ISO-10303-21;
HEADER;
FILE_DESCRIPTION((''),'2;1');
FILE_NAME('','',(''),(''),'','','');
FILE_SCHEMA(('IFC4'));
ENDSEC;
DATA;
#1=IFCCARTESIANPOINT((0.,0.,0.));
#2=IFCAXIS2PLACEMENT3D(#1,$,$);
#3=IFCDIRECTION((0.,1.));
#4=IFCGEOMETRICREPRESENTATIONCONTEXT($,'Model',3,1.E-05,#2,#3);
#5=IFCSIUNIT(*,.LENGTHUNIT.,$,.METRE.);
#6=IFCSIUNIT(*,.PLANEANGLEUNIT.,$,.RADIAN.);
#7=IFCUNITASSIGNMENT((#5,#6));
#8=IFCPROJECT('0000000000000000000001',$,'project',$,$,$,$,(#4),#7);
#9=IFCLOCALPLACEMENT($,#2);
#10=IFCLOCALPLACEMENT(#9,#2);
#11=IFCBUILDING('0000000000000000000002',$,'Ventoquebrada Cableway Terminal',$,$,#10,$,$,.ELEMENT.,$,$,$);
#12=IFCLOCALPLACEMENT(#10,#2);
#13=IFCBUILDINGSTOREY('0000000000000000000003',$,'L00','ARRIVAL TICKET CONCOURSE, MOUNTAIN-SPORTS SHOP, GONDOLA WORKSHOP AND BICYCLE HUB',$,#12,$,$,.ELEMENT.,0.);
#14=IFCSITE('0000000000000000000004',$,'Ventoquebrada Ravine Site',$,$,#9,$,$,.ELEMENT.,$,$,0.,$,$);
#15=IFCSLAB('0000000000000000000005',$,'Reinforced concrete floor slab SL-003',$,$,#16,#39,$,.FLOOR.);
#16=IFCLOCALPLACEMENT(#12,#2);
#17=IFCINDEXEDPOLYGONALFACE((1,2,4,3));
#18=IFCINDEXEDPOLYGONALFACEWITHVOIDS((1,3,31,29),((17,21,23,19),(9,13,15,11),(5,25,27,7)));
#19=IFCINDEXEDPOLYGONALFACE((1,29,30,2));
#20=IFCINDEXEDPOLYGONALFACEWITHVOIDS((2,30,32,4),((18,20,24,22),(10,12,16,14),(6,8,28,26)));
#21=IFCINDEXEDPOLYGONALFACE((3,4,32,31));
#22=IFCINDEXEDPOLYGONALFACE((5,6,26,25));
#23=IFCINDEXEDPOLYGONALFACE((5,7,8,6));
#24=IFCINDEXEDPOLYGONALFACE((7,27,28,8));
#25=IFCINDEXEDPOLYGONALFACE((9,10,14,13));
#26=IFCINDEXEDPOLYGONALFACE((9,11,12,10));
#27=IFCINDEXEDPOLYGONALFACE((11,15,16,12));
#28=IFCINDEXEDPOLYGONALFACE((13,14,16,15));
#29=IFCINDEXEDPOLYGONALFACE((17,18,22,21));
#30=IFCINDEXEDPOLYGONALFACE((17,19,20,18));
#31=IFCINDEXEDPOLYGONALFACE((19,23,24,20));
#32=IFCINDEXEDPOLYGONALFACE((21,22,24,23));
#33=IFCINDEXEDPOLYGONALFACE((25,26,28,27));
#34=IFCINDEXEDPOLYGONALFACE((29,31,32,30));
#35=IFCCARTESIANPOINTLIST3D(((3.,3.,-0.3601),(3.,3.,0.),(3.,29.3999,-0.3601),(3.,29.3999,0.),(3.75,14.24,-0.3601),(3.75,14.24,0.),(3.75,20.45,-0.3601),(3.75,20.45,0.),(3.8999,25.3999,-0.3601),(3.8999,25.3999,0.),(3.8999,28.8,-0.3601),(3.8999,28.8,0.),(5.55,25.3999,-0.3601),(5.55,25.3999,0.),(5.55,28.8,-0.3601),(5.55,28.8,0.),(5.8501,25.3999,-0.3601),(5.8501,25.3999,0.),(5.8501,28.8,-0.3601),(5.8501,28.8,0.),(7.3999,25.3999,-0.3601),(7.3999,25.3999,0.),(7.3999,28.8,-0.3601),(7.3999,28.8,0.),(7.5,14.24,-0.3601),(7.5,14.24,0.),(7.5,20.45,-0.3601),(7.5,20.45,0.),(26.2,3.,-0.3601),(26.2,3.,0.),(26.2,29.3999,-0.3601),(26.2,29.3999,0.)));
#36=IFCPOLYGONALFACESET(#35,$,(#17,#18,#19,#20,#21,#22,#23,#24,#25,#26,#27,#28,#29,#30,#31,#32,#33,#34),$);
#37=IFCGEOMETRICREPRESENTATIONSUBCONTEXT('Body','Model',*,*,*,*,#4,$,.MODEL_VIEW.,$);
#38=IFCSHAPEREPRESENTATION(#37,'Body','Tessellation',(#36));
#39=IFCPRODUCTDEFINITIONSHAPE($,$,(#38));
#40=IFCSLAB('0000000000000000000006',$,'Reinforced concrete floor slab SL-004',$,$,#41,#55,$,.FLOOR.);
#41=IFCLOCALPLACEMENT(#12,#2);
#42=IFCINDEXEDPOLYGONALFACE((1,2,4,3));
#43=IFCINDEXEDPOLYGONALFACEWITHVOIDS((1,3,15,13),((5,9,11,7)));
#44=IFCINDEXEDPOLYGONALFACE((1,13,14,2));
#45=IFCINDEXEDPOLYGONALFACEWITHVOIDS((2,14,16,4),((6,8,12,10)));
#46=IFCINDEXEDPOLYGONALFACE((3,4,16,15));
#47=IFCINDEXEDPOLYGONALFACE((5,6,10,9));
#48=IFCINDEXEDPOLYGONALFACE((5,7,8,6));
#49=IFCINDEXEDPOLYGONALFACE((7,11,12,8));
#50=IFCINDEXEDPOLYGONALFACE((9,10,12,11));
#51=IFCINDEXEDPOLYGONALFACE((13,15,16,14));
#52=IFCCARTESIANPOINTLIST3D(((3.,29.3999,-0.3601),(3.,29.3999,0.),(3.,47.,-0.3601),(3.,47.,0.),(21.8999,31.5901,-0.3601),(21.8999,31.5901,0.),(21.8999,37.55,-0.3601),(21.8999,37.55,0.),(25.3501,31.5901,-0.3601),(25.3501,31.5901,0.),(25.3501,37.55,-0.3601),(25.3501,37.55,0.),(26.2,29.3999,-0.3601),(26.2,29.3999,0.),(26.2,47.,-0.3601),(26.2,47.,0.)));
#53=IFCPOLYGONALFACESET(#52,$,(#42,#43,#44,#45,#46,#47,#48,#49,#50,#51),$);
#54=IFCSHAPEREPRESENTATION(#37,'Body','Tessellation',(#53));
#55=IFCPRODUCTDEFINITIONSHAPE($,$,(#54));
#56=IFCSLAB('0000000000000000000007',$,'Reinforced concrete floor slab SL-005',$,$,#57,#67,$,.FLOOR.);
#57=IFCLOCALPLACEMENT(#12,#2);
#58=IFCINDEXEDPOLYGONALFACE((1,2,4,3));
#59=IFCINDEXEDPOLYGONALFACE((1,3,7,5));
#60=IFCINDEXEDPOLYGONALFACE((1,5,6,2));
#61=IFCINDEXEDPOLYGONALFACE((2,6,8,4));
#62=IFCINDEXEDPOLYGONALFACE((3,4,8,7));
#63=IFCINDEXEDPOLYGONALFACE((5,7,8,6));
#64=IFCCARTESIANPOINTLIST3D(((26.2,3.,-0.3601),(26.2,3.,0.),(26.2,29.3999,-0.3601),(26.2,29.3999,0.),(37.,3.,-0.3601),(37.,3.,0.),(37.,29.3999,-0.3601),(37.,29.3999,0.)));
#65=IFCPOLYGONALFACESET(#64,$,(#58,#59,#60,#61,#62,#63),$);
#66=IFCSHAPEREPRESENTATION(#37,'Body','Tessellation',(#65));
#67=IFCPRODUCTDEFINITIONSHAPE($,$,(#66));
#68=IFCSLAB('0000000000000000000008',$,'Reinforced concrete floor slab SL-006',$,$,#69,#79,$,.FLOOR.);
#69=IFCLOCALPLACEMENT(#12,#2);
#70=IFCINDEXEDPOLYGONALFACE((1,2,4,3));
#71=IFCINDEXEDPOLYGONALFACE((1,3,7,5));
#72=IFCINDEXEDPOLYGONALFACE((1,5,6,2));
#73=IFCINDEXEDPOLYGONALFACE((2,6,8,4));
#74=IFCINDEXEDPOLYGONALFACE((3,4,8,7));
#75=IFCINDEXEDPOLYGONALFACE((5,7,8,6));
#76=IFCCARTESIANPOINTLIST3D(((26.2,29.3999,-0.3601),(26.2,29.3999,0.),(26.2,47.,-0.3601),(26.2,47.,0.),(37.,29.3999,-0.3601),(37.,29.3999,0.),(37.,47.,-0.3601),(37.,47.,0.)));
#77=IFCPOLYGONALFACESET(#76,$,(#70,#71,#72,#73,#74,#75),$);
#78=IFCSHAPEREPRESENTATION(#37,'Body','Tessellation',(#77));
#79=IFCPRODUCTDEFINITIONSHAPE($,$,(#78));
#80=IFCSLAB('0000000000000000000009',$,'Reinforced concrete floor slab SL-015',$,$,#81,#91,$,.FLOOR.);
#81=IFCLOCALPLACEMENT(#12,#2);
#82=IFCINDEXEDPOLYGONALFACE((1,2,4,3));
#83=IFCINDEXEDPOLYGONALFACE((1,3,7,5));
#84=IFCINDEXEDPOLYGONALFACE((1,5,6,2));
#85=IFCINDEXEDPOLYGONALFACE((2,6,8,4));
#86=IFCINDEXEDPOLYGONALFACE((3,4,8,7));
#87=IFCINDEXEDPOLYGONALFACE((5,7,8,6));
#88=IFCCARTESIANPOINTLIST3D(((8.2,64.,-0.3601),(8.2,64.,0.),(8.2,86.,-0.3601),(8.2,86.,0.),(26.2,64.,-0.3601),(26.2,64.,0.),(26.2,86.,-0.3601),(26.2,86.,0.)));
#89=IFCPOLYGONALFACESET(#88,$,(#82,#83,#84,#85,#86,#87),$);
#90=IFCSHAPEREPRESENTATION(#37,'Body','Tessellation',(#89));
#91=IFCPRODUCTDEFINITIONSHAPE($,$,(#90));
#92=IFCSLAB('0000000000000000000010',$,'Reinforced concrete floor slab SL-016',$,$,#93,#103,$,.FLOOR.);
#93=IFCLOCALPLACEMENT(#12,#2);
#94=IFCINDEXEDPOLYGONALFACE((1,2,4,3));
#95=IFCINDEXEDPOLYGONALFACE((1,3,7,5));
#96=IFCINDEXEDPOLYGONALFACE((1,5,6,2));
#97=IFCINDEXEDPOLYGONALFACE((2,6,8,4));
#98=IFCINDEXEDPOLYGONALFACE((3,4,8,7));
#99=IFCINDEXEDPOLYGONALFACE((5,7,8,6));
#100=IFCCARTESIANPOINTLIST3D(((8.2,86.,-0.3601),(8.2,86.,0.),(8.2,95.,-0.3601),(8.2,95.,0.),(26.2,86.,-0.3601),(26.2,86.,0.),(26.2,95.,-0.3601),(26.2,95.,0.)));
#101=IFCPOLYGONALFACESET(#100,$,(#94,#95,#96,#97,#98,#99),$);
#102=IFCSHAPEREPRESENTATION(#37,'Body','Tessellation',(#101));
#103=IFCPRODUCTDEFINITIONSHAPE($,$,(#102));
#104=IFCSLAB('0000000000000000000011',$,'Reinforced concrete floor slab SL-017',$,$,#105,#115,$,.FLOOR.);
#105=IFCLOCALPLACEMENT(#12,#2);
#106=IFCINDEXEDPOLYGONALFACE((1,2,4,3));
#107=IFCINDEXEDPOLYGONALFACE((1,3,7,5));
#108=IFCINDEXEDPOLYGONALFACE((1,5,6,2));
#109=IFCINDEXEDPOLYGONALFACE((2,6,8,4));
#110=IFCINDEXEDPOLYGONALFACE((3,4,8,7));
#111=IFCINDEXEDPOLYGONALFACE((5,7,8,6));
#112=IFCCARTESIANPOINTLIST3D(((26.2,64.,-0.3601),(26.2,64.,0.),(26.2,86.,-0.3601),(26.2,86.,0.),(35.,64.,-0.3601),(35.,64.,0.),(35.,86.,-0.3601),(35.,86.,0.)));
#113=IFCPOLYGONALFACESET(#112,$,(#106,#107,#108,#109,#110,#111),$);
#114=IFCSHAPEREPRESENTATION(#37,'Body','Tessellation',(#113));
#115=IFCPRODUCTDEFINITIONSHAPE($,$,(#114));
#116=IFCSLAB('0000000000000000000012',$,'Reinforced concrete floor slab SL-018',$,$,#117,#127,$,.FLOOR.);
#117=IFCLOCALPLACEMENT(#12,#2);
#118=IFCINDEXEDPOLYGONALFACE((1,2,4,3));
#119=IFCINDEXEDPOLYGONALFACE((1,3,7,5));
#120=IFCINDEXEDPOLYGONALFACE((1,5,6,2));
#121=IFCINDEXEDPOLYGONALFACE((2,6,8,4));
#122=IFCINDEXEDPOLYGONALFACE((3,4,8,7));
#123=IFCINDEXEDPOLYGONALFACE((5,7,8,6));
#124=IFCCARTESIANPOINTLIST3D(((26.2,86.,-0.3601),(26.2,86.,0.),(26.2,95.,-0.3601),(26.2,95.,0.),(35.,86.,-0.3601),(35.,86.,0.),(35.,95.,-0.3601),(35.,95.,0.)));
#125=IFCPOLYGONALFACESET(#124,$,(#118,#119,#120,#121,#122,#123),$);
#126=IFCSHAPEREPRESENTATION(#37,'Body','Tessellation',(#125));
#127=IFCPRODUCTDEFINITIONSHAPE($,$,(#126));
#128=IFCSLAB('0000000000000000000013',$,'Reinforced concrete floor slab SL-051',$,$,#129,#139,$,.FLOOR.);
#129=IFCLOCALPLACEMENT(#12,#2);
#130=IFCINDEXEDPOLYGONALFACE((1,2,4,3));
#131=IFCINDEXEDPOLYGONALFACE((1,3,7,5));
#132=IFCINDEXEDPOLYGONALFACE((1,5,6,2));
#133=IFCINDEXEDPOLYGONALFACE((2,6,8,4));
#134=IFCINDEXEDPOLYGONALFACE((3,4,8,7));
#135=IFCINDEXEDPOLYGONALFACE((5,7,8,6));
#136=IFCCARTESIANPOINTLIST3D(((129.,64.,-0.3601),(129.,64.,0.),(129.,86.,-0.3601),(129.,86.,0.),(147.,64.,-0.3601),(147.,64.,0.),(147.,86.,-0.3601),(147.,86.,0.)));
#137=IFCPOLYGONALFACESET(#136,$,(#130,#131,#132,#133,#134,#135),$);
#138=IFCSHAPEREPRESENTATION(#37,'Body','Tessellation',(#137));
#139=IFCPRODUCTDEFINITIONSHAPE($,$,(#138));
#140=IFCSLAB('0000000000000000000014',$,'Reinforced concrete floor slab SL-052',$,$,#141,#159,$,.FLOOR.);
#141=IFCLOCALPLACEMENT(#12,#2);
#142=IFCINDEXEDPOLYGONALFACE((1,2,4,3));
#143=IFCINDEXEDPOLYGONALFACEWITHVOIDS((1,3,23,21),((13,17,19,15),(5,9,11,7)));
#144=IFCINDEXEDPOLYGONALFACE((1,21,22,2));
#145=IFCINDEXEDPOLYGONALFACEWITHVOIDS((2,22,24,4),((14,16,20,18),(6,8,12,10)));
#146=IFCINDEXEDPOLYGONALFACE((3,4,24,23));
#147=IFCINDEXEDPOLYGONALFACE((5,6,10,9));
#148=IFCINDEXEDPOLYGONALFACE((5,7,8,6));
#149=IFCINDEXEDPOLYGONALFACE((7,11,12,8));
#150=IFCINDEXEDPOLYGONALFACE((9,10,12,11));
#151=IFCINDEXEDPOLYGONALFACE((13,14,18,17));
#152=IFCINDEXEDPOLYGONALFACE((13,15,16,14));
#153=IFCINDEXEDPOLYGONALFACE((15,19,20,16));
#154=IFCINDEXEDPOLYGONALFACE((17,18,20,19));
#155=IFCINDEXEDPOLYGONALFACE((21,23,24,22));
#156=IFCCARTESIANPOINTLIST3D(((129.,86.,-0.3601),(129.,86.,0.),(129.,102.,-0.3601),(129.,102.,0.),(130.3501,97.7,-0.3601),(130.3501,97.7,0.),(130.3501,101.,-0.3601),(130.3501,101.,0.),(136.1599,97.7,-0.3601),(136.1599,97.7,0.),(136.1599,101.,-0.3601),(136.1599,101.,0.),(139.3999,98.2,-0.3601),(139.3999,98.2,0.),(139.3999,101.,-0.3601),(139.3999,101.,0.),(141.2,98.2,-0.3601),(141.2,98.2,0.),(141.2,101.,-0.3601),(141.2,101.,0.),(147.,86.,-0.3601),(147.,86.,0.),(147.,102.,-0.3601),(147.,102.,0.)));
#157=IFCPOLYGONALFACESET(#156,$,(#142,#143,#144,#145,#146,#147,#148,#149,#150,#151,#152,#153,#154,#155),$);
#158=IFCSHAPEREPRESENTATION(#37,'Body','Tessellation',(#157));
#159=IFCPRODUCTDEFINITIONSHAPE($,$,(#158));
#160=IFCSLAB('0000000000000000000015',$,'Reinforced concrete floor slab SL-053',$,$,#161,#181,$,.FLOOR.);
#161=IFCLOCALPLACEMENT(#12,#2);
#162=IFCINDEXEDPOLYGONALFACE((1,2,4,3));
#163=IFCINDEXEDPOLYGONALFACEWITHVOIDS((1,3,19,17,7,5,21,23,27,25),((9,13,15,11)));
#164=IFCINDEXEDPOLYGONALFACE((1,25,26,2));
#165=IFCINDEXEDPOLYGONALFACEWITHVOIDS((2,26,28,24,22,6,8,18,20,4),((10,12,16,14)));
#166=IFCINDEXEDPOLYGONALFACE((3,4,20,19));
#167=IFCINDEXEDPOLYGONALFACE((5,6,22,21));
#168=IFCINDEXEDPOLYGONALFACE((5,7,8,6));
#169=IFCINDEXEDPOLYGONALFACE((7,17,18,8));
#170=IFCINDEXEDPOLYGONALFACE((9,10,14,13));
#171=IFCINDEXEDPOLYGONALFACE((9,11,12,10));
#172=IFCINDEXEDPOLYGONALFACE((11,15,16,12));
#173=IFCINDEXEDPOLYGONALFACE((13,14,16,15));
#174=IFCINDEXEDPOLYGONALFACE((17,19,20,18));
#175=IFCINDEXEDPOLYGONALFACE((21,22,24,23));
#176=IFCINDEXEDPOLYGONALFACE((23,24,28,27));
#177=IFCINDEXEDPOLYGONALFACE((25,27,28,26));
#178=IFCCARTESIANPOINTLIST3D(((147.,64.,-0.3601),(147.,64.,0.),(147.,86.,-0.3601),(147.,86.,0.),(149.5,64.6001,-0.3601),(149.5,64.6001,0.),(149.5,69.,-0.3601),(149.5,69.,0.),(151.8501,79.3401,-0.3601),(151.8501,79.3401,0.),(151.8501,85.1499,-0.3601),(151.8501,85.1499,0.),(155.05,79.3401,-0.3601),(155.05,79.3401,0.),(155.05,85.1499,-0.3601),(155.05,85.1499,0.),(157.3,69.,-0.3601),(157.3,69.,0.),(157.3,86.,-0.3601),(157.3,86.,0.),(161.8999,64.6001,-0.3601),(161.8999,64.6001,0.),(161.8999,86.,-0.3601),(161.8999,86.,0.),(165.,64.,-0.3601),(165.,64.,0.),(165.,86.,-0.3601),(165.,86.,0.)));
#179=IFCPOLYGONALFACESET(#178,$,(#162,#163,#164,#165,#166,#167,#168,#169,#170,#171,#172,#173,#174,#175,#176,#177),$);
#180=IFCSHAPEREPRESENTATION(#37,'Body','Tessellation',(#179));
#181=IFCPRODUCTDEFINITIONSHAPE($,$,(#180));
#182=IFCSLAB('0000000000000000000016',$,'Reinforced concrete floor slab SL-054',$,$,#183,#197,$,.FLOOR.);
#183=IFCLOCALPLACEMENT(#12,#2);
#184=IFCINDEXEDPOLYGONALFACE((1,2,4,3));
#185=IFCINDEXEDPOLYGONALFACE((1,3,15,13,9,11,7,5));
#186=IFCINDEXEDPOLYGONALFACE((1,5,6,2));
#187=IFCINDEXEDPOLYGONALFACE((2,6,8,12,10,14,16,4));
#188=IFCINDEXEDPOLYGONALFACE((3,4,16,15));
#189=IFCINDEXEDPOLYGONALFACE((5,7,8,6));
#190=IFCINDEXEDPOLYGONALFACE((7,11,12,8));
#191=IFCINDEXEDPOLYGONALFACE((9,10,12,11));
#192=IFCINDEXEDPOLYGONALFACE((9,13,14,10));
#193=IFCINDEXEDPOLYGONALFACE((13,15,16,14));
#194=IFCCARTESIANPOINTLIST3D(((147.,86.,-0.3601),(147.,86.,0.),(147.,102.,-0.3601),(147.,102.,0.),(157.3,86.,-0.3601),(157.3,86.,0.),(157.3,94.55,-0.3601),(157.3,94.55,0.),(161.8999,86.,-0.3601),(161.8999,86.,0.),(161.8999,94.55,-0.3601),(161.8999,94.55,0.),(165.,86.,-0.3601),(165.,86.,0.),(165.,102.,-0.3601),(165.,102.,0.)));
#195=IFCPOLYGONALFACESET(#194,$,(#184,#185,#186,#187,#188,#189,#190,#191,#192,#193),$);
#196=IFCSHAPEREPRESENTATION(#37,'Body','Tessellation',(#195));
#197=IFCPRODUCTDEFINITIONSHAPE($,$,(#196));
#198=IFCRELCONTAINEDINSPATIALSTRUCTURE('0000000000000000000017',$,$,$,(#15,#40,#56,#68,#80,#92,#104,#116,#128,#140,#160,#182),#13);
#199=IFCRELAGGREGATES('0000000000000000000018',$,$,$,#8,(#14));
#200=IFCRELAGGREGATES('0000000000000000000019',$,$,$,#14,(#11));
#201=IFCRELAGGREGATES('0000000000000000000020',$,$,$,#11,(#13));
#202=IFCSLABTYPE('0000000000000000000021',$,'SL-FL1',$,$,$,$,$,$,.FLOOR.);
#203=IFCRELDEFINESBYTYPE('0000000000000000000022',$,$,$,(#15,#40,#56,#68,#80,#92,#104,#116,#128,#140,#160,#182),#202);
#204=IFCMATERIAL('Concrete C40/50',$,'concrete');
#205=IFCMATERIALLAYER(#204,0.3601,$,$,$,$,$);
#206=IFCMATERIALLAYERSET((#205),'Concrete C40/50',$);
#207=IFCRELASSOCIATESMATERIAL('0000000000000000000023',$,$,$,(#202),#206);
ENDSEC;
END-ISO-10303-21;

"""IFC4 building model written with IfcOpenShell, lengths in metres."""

from ifc_helpers import new_model, si_unit, direction, frame, origin, place, context, subcontext, project, spatial, polyline, outline, extrude, material, layer, layer_set, type_object, element, save


model = new_model("IFC4")

# Units and contexts
model_context = context("Model", 3, precision=1e-05, world=origin(), true_north=direction((0.0, 1.0)))
body_context = subcontext(model_context, "Body", "Model", "MODEL_VIEW")
ifc_project = project(units=[si_unit("LENGTHUNIT", "METRE"), si_unit("PLANEANGLEUNIT", "RADIAN")], contexts=[model_context])

# Site, building, storey
site_placement = place(None, origin())
site = spatial("IfcSite", under=ifc_project, at=site_placement, Name="Ventoquebrada Ravine Site", CompositionType="ELEMENT", RefElevation=0.0)
building_placement = place(site_placement, origin())
building = spatial("IfcBuilding", under=site, at=building_placement, Name="Ventoquebrada Cableway Terminal", CompositionType="ELEMENT")
storey_placement = place(building_placement, origin())
storey = spatial("IfcBuildingStorey", under=building, at=storey_placement, Name="L00", Description="ARRIVAL TICKET CONCOURSE, MOUNTAIN-SPORTS SHOP, GONDOLA WORKSHOP AND BICYCLE HUB", CompositionType="ELEMENT", Elevation=0.0)

# Slabs
ifc_material = material(Name="Concrete C40/50", Category="concrete")
ifc_layer_1 = layer(ifc_material, 0.3601)
ifc_layer_set_1 = layer_set([ifc_layer_1], Name="Concrete C40/50")
slab_type_1 = type_object("IfcSlabType", Name="SL-FL1", PredefinedType="FLOOR", material=ifc_layer_set_1)
slab_1_placement = place(storey_placement, frame((0.0, 0.0, -0.3601)))
element("IfcSlab", 1, at=slab_1_placement, inside=storey, type_object=slab_type_1, Name="Reinforced concrete floor slab SL-003", PredefinedType="FLOOR", context=body_context, shape_type="SweptSolid", body=[
    extrude(outline(polyline([(3.0, 29.3999), (3.0, 3.0), (26.2, 3.0), (26.2, 29.3999), (3.0, 29.3999)]), holes=[polyline([(3.75, 20.45), (7.5, 20.45), (7.5, 14.24), (3.75, 14.24), (3.75, 20.45)]), polyline([(5.55, 28.8), (5.55, 25.3999), (3.8999, 25.3999), (3.8999, 28.8), (5.55, 28.8)]), polyline([(7.3999, 25.3999), (5.8501, 25.3999), (5.8501, 28.8), (7.3999, 28.8), (7.3999, 25.3999)])]), origin(), (0.0, 0.0, 1.0), 0.3601),
])
slab_2_placement = place(storey_placement, frame((0.0, 0.0, -0.3601)))
element("IfcSlab", 2, at=slab_2_placement, inside=storey, type_object=slab_type_1, Name="Reinforced concrete floor slab SL-004", PredefinedType="FLOOR", context=body_context, shape_type="SweptSolid", body=[
    extrude(outline(polyline([(26.2, 29.3999), (26.2, 47.0), (3.0, 47.0), (3.0, 29.3999), (26.2, 29.3999)]), holes=[polyline([(25.3501, 31.5901), (21.8999, 31.5901), (21.8999, 37.55), (25.3501, 37.55), (25.3501, 31.5901)])]), origin(), (0.0, 0.0, 1.0), 0.3601),
])
slab_3_placement = place(storey_placement, frame((0.0, 0.0, -0.3601)))
element("IfcSlab", 3, at=slab_3_placement, inside=storey, type_object=slab_type_1, Name="Reinforced concrete floor slab SL-005", PredefinedType="FLOOR", context=body_context, shape_type="SweptSolid", body=[
    extrude(outline(polyline([(37.0, 3.0), (37.0, 29.3999), (26.2, 29.3999), (26.2, 3.0), (37.0, 3.0)])), origin(), (0.0, 0.0, 1.0), 0.3601),
])
slab_4_placement = place(storey_placement, frame((0.0, 0.0, -0.3601)))
element("IfcSlab", 4, at=slab_4_placement, inside=storey, type_object=slab_type_1, Name="Reinforced concrete floor slab SL-006", PredefinedType="FLOOR", context=body_context, shape_type="SweptSolid", body=[
    extrude(outline(polyline([(37.0, 29.3999), (37.0, 47.0), (26.2, 47.0), (26.2, 29.3999), (37.0, 29.3999)])), origin(), (0.0, 0.0, 1.0), 0.3601),
])
slab_5_placement = place(storey_placement, frame((0.0, 0.0, -0.3601)))
element("IfcSlab", 5, at=slab_5_placement, inside=storey, type_object=slab_type_1, Name="Reinforced concrete floor slab SL-015", PredefinedType="FLOOR", context=body_context, shape_type="SweptSolid", body=[
    extrude(outline(polyline([(26.2, 64.0), (26.2, 86.0), (8.2, 86.0), (8.2, 64.0), (26.2, 64.0)])), origin(), (0.0, 0.0, 1.0), 0.3601),
])
slab_6_placement = place(storey_placement, frame((0.0, 0.0, -0.3601)))
element("IfcSlab", 6, at=slab_6_placement, inside=storey, type_object=slab_type_1, Name="Reinforced concrete floor slab SL-016", PredefinedType="FLOOR", context=body_context, shape_type="SweptSolid", body=[
    extrude(outline(polyline([(26.2, 86.0), (26.2, 95.0), (8.2, 95.0), (8.2, 86.0), (26.2, 86.0)])), origin(), (0.0, 0.0, 1.0), 0.3601),
])
slab_7_placement = place(storey_placement, frame((0.0, 0.0, -0.3601)))
element("IfcSlab", 7, at=slab_7_placement, inside=storey, type_object=slab_type_1, Name="Reinforced concrete floor slab SL-017", PredefinedType="FLOOR", context=body_context, shape_type="SweptSolid", body=[
    extrude(outline(polyline([(35.0, 64.0), (35.0, 86.0), (26.2, 86.0), (26.2, 64.0), (35.0, 64.0)])), origin(), (0.0, 0.0, 1.0), 0.3601),
])
slab_8_placement = place(storey_placement, frame((0.0, 0.0, -0.3601)))
element("IfcSlab", 8, at=slab_8_placement, inside=storey, type_object=slab_type_1, Name="Reinforced concrete floor slab SL-018", PredefinedType="FLOOR", context=body_context, shape_type="SweptSolid", body=[
    extrude(outline(polyline([(35.0, 86.0), (35.0, 95.0), (26.2, 95.0), (26.2, 86.0), (35.0, 86.0)])), origin(), (0.0, 0.0, 1.0), 0.3601),
])
slab_9_placement = place(storey_placement, frame((0.0, 0.0, -0.3601)))
element("IfcSlab", 9, at=slab_9_placement, inside=storey, type_object=slab_type_1, Name="Reinforced concrete floor slab SL-051", PredefinedType="FLOOR", context=body_context, shape_type="SweptSolid", body=[
    extrude(outline(polyline([(147.0, 64.0), (147.0, 86.0), (129.0, 86.0), (129.0, 64.0), (147.0, 64.0)])), origin(), (0.0, 0.0, 1.0), 0.3601),
])
slab_10_placement = place(storey_placement, frame((0.0, 0.0, -0.3601)))
element("IfcSlab", 10, at=slab_10_placement, inside=storey, type_object=slab_type_1, Name="Reinforced concrete floor slab SL-052", PredefinedType="FLOOR", context=body_context, shape_type="SweptSolid", body=[
    extrude(outline(polyline([(129.0, 86.0), (147.0, 86.0), (147.0, 102.0), (129.0, 102.0), (129.0, 86.0)]), holes=[polyline([(136.1599, 101.0), (136.1599, 97.7), (130.3501, 97.7), (130.3501, 101.0), (136.1599, 101.0)]), polyline([(141.2, 98.2), (139.3999, 98.2), (139.3999, 101.0), (141.2, 101.0), (141.2, 98.2)])]), origin(), (0.0, 0.0, 1.0), 0.3601),
])
slab_11_placement = place(storey_placement, frame((0.0, 0.0, -0.3601)))
element("IfcSlab", 11, at=slab_11_placement, inside=storey, type_object=slab_type_1, Name="Reinforced concrete floor slab SL-053", PredefinedType="FLOOR", context=body_context, shape_type="SweptSolid", body=[
    extrude(outline(polyline([(147.0, 64.0), (165.0, 64.0), (165.0, 86.0), (161.8999, 86.0), (161.8999, 64.6001), (149.5, 64.6001), (149.5, 69.0), (157.3, 69.0), (157.3, 86.0), (147.0, 86.0), (147.0, 64.0)]), holes=[polyline([(155.05, 85.1499), (155.05, 79.3401), (151.8501, 79.3401), (151.8501, 85.1499), (155.05, 85.1499)])]), origin(), (0.0, 0.0, 1.0), 0.3601),
])
slab_12_placement = place(storey_placement, frame((0.0, 0.0, -0.3601)))
element("IfcSlab", 12, at=slab_12_placement, inside=storey, type_object=slab_type_1, Name="Reinforced concrete floor slab SL-054", PredefinedType="FLOOR", context=body_context, shape_type="SweptSolid", body=[
    extrude(outline(polyline([(157.3, 86.0), (157.3, 94.55), (161.8999, 94.55), (161.8999, 86.0), (165.0, 86.0), (165.0, 102.0), (147.0, 102.0), (147.0, 86.0), (157.3, 86.0)])), origin(), (0.0, 0.0, 1.0), 0.3601),
])

save(model, "model.ifc")
